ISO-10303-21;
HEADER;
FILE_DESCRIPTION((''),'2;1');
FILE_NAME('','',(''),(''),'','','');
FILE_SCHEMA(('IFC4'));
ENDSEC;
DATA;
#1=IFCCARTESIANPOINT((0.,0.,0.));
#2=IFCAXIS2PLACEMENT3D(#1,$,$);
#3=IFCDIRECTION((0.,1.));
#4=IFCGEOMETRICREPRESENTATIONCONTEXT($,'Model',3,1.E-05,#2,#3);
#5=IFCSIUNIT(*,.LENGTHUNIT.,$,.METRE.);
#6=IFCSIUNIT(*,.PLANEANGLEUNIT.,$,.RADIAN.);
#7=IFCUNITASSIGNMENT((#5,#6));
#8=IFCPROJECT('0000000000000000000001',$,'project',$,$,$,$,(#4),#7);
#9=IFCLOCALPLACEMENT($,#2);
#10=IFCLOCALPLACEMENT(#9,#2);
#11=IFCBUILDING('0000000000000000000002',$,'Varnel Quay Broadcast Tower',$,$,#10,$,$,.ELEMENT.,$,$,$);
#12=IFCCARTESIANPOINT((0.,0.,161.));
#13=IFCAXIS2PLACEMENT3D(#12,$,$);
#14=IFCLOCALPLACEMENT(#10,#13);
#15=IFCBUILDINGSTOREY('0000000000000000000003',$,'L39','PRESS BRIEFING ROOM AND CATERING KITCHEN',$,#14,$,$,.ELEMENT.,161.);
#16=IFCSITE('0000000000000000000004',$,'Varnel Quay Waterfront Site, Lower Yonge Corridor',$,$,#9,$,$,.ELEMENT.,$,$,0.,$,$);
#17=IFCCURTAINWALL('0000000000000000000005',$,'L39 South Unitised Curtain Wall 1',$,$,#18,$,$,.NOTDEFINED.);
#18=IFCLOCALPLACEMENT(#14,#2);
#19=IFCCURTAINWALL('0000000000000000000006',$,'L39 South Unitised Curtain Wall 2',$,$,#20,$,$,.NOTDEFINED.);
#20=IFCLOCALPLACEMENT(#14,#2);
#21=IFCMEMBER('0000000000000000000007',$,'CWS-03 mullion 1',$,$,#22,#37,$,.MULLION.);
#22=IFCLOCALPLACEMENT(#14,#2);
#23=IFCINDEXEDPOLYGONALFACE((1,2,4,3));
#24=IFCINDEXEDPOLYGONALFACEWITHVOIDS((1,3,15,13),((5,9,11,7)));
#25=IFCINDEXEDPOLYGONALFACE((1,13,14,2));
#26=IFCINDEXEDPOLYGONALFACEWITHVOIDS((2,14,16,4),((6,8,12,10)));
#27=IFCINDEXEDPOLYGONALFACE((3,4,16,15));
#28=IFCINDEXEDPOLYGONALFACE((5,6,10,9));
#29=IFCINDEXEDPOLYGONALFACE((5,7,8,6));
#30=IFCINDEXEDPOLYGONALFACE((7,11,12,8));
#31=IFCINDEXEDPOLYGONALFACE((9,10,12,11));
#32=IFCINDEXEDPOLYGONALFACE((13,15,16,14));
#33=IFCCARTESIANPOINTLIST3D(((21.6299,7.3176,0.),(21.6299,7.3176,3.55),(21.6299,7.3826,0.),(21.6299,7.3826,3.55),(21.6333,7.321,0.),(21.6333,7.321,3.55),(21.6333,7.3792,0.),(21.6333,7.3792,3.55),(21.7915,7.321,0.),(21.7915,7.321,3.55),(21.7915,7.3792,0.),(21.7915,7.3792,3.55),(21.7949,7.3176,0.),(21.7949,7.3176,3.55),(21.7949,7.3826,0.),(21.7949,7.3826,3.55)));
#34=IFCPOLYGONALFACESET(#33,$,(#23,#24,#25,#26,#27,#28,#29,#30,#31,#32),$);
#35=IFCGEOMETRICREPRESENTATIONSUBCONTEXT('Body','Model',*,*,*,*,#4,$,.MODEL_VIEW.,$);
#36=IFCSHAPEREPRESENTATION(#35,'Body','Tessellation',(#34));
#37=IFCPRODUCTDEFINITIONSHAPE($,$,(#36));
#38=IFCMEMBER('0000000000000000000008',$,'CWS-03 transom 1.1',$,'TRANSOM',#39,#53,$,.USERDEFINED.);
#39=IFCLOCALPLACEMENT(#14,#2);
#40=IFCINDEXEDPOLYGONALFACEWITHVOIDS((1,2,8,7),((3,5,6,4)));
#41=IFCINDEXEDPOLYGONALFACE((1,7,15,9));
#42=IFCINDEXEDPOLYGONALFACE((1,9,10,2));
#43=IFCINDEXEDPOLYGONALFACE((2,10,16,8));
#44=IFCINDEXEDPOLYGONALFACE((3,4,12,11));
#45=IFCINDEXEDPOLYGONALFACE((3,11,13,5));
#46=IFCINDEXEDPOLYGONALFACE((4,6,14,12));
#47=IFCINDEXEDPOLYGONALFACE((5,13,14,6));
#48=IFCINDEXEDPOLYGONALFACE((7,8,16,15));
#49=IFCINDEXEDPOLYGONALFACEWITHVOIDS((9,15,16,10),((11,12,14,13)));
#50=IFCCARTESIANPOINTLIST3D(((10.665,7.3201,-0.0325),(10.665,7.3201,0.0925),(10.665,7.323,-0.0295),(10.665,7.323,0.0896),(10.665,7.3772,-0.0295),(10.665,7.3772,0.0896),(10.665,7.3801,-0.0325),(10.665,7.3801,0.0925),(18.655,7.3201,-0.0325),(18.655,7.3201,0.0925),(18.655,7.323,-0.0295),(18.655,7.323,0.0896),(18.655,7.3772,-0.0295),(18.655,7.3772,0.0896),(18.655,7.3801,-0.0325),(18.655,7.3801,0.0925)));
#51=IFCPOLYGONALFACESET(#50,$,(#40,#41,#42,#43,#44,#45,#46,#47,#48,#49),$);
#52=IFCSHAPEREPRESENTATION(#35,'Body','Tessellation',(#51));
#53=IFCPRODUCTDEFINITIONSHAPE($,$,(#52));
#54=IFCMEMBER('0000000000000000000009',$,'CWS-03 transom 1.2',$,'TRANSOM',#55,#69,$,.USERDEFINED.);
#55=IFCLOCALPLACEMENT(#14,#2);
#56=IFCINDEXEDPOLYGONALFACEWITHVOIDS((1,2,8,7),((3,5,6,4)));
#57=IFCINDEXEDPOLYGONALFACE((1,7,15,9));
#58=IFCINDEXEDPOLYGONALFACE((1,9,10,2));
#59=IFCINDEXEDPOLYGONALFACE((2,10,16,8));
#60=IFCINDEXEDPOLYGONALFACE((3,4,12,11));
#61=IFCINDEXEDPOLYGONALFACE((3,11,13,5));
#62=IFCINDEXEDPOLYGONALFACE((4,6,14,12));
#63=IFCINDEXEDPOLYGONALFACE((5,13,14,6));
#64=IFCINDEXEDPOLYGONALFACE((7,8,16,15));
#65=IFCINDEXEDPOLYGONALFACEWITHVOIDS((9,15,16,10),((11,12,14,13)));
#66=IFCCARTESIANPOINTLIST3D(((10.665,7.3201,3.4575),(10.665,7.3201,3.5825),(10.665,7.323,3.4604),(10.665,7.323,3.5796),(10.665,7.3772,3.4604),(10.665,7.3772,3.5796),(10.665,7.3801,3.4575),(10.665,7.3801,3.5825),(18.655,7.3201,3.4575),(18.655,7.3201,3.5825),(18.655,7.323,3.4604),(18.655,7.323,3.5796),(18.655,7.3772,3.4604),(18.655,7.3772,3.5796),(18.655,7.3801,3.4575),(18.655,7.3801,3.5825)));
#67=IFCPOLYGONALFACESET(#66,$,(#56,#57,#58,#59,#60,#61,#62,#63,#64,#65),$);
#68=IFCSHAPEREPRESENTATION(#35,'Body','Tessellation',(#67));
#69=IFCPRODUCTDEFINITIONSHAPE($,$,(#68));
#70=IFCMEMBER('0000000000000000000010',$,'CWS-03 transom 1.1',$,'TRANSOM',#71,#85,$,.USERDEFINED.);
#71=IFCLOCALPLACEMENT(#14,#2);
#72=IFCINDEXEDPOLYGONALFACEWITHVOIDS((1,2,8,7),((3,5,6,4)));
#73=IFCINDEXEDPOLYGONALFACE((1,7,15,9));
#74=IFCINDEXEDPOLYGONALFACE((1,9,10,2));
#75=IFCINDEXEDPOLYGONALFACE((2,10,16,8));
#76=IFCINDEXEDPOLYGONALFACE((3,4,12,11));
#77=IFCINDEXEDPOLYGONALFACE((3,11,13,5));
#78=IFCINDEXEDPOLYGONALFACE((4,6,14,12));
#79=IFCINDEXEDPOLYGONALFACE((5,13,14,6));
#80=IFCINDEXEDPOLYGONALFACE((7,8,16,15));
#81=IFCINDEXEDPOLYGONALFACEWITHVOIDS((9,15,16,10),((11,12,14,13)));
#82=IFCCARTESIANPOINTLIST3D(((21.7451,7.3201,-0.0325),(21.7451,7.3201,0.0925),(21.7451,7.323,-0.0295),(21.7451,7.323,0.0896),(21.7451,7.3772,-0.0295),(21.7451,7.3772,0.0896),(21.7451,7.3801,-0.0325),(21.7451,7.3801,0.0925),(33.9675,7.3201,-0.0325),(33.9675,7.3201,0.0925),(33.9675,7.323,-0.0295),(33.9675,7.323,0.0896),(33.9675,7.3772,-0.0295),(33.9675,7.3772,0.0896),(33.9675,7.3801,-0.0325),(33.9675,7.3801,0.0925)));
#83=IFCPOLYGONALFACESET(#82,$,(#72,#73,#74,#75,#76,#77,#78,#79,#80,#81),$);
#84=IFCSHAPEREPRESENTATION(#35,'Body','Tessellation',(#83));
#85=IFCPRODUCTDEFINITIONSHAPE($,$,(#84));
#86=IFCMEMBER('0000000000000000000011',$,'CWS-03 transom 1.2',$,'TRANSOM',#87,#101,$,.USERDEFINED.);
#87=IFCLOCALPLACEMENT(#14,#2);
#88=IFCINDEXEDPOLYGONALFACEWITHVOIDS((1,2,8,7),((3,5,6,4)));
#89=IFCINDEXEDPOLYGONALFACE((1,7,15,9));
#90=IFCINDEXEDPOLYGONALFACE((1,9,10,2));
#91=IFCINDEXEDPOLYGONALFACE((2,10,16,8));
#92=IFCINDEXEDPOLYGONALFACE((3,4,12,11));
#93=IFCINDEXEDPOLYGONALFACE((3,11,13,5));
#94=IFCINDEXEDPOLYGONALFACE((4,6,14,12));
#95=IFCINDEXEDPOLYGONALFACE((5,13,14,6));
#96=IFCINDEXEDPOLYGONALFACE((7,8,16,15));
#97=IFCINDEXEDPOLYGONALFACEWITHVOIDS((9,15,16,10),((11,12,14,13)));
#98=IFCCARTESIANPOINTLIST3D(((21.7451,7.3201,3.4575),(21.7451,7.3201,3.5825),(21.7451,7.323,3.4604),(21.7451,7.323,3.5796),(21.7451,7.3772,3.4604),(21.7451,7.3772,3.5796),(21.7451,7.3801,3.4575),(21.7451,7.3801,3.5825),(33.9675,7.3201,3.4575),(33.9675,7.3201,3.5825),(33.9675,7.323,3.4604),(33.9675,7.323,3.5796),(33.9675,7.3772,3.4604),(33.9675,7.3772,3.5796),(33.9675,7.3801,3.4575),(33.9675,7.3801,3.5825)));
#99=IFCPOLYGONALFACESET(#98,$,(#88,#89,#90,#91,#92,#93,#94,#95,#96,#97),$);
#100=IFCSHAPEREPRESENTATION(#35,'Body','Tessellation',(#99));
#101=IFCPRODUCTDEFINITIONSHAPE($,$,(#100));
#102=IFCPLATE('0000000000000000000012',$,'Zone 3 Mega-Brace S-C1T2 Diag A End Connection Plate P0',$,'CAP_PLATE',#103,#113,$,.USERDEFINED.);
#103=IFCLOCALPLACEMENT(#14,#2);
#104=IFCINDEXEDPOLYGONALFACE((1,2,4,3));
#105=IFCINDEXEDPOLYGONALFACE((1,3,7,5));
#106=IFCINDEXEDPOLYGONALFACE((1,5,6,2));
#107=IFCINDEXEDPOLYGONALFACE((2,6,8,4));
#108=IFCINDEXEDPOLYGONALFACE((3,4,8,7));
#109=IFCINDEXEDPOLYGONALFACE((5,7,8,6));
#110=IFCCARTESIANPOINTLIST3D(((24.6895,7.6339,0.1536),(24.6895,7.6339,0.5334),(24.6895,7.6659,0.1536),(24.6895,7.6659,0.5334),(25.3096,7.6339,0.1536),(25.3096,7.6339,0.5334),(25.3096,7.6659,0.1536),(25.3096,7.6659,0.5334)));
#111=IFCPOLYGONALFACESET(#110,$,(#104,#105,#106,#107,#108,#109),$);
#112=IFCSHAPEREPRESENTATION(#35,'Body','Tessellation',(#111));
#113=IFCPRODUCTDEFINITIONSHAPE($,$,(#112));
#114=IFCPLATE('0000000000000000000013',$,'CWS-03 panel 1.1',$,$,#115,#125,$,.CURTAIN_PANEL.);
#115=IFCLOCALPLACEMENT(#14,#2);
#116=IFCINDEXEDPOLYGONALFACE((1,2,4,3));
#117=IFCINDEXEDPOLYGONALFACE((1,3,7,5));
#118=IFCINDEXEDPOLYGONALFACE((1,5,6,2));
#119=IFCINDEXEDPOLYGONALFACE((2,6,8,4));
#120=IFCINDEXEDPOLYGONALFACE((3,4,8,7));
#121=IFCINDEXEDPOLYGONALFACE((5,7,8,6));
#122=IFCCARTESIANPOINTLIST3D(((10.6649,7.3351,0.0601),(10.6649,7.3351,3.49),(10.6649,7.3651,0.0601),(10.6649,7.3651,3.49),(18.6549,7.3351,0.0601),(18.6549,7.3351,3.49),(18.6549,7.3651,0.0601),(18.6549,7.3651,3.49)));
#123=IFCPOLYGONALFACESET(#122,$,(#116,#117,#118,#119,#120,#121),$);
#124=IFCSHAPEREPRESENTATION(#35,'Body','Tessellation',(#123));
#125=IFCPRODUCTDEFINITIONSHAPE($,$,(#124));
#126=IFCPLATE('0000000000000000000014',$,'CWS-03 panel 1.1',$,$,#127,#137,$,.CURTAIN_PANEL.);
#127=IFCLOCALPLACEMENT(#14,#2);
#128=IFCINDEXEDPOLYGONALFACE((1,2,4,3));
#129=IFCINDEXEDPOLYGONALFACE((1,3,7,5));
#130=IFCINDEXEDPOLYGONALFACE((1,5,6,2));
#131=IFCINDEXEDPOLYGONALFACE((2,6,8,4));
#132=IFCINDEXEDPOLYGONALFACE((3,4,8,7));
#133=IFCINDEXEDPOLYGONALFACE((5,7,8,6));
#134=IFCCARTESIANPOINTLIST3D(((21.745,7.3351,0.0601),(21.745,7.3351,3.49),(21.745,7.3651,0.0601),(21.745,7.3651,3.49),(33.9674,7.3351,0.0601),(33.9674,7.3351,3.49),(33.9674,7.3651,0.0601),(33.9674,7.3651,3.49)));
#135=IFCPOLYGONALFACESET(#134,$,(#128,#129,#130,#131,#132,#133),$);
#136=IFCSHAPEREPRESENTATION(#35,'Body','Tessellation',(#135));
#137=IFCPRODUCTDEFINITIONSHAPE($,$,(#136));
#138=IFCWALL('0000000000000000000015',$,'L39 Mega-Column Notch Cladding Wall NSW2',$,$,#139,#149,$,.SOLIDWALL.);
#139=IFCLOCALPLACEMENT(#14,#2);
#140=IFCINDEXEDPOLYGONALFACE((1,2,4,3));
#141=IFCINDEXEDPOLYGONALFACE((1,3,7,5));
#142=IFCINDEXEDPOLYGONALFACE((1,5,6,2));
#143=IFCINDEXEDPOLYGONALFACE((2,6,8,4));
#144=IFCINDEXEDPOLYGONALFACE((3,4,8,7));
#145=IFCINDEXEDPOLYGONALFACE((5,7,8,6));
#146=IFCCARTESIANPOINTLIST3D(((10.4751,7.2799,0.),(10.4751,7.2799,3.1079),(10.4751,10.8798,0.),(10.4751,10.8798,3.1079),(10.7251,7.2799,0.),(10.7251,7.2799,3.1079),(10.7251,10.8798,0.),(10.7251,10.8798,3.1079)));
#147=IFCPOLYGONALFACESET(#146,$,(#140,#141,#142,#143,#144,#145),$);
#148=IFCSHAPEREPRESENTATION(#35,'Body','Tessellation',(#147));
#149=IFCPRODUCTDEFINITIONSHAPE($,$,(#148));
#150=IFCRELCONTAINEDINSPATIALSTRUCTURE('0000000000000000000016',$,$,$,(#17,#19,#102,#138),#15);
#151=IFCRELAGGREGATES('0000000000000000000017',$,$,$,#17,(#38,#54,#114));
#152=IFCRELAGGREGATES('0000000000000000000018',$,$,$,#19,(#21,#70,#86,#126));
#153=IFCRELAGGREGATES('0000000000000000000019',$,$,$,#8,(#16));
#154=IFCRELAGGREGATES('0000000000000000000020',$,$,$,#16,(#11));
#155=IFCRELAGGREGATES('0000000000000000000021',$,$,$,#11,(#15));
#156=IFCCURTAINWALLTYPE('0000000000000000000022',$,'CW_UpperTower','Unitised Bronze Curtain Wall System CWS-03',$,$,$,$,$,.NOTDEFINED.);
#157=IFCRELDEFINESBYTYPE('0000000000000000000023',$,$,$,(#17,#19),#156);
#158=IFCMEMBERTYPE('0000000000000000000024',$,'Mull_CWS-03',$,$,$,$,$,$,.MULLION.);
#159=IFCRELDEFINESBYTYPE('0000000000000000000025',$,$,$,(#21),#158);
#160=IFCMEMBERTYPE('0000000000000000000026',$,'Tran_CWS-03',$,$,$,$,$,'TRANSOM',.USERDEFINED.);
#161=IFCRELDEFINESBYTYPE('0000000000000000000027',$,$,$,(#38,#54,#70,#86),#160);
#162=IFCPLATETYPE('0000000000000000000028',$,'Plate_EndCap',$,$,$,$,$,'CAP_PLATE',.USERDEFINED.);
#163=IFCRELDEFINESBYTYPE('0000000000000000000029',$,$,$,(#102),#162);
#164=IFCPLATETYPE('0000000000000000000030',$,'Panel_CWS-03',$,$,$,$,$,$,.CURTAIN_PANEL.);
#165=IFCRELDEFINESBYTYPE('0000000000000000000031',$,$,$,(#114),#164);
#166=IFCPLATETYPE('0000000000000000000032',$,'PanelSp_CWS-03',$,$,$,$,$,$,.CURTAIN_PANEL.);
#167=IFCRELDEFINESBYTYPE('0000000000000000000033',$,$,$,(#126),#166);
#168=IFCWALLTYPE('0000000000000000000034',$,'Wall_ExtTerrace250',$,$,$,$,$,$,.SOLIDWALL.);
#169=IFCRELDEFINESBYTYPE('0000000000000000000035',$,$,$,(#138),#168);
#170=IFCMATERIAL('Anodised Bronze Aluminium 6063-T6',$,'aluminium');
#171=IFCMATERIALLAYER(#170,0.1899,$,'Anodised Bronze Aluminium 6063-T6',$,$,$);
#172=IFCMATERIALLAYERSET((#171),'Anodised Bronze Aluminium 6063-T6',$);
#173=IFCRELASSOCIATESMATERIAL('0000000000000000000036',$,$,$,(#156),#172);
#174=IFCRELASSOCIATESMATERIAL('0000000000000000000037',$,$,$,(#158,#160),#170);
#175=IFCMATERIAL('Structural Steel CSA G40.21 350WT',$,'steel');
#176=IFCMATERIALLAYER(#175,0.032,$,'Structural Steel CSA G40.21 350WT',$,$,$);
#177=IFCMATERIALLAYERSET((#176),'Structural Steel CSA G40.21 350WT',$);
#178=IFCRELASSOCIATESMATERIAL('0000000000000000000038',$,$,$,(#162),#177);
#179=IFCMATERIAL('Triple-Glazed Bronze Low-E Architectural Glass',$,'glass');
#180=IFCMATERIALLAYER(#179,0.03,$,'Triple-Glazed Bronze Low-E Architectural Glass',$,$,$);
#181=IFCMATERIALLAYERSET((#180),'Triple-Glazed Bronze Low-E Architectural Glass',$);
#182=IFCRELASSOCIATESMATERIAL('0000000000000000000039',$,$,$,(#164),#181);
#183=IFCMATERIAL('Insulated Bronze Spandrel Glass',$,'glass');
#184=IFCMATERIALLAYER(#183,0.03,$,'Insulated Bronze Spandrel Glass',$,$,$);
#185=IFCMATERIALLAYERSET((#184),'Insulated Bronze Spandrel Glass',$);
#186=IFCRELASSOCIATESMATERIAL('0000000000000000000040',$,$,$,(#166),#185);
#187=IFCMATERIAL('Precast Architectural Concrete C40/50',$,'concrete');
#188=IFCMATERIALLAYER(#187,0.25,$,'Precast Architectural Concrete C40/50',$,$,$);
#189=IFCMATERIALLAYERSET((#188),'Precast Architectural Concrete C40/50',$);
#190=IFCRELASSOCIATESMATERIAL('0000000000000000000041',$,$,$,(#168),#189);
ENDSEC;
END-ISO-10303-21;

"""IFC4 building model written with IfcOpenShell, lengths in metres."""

from ifc_helpers import new_model, si_unit, direction, frame, frame_2d, origin, origin_2d, place, context, subcontext, project, spatial, rectangle, hollow_rectangle, extrude, source, transform, mapped, material, layer, layer_set, material_profile, profile_set, type_object, type_shapes, element, aggregate, save


model = new_model("IFC4")

# Units and contexts
model_context = context("Model", 3, precision=1e-05, world=origin(), true_north=direction((0.0, 1.0)))
body_context = subcontext(model_context, "Body", "Model", "MODEL_VIEW")
ifc_project = project(units=[si_unit("LENGTHUNIT", "METRE"), si_unit("PLANEANGLEUNIT", "RADIAN")], contexts=[model_context])

# Site, building, storey
site_placement = place(None, origin())
site = spatial("IfcSite", under=ifc_project, at=site_placement, Name="Varnel Quay Waterfront Site, Lower Yonge Corridor", CompositionType="ELEMENT", RefElevation=0.0)
building_placement = place(site_placement, origin())
building = spatial("IfcBuilding", under=site, at=building_placement, Name="Varnel Quay Broadcast Tower", CompositionType="ELEMENT")
storey_placement = place(building_placement, frame((0.0, 0.0, 161.0)))
storey = spatial("IfcBuildingStorey", under=building, at=storey_placement, Name="L39", Description="PRESS BRIEFING ROOM AND CATERING KITCHEN", CompositionType="ELEMENT", Elevation=161.0)

# Shared definitions
ifc_material_1 = material(Name="Structural Steel CSA G40.21 350WT", Category="steel")

# Shared definitions
ifc_material_2 = material(Name="Anodised Bronze Aluminium 6063-T6", Category="aluminium")

# Curtain wall
ifc_layer_1 = layer(ifc_material_2, 0.1899, Name="Anodised Bronze Aluminium 6063-T6")
ifc_layer_set_1 = layer_set([ifc_layer_1], Name="Anodised Bronze Aluminium 6063-T6")
curtain_wall_type_1 = type_object("IfcCurtainWallType", Name="CW_UpperTower", Description="Unitised Bronze Curtain Wall System CWS-03", PredefinedType="NOTDEFINED", material=ifc_layer_set_1)
curtain_wall_1_placement = place(storey_placement, origin())
curtain_wall_1 = element("IfcCurtainWall", 1, at=curtain_wall_1_placement, inside=storey, type_object=curtain_wall_type_1, Name="L39 South Unitised Curtain Wall 1", PredefinedType="NOTDEFINED")
ifc_material_profile_1 = material_profile(ifc_material_2, hollow_rectangle(XDim=0.0649, YDim=0.165, WallThickness=0.0034, at=origin_2d()), Name="ALU65X165X3.5")
ifc_profile_set_1 = profile_set([ifc_material_profile_1], Name="Anodised Bronze Aluminium 6063-T6")
member_type_1 = type_object("IfcMemberType", Name="Mull_CWS-03", PredefinedType="MULLION", material=ifc_profile_set_1)
shared_shape_1 = source(origin(), body_context, "Body", "SweptSolid", [
    extrude(hollow_rectangle(XDim=0.0649, YDim=0.165, WallThickness=0.0034, at=origin_2d()), origin(), (0.0, 0.0, 1.0), 3.55),
])
type_shapes(member_type_1, [shared_shape_1])

# Curtain wall, member
curtain_wall_2_placement = place(storey_placement, origin())
curtain_wall_2 = element("IfcCurtainWall", 2, at=curtain_wall_2_placement, inside=storey, type_object=curtain_wall_type_1, Name="L39 South Unitised Curtain Wall 2", PredefinedType="NOTDEFINED")
member_1_placement = place(storey_placement, frame((21.7124, 7.3501, 0.0), z_axis=(0.0, 0.0, 1.0), x_axis=(0.0, 1.0, 0.0)))
member_1 = element("IfcMember", 3, at=member_1_placement, type_object=member_type_1, Name="CWS-03 mullion 1", PredefinedType="MULLION", context=body_context, shape_type="MappedRepresentation", body=[
    mapped(shared_shape_1, transform((0.0, 0.0, 0.0), x_axis=(1.0, 0.0, 0.0), y_axis=(0.0, 1.0, 0.0), z_axis=(0.0, 0.0, 1.0), scale=1.0)),
])

# Members
ifc_material_profile_2 = material_profile(ifc_material_2, hollow_rectangle(XDim=0.0601, YDim=0.125, WallThickness=0.0029, at=origin_2d()), Name="ALU60X125X3")
ifc_profile_set_2 = profile_set([ifc_material_profile_2], Name="Anodised Bronze Aluminium 6063-T6")
member_type_2 = type_object("IfcMemberType", Name="Tran_CWS-03", ElementType="TRANSOM", PredefinedType="USERDEFINED", material=ifc_profile_set_2)
shared_shape_2 = source(origin(), body_context, "Body", "SweptSolid", [
    extrude(hollow_rectangle(XDim=0.0601, YDim=0.125, WallThickness=0.0029, at=origin_2d()), origin(), (0.0, 0.0, 1.0), 7.99),
])
member_2_placement = place(storey_placement, frame((10.665, 7.3501, 0.03), z_axis=(1.0, 0.0, 0.0), x_axis=(0.0, 1.0, 0.0)))
member_2 = element("IfcMember", 4, at=member_2_placement, type_object=member_type_2, Name="CWS-03 transom 1.1", ObjectType="TRANSOM", PredefinedType="USERDEFINED", context=body_context, shape_type="MappedRepresentation", body=[
    mapped(shared_shape_2, transform((0.0, 0.0, 0.0), x_axis=(1.0, 0.0, 0.0), y_axis=(0.0, 1.0, 0.0), z_axis=(0.0, 0.0, 1.0), scale=1.0)),
])
member_3_placement = place(storey_placement, frame((10.665, 7.3501, 3.52), z_axis=(1.0, 0.0, 0.0), x_axis=(0.0, 1.0, 0.0)))
member_3 = element("IfcMember", 5, at=member_3_placement, type_object=member_type_2, Name="CWS-03 transom 1.2", ObjectType="TRANSOM", PredefinedType="USERDEFINED", context=body_context, shape_type="MappedRepresentation", body=[
    mapped(shared_shape_2, transform((0.0, 0.0, 0.0), x_axis=(1.0, 0.0, 0.0), y_axis=(0.0, 1.0, 0.0), z_axis=(0.0, 0.0, 1.0), scale=1.0)),
])
shared_shape_3 = source(origin(), body_context, "Body", "SweptSolid", [
    extrude(hollow_rectangle(XDim=0.0601, YDim=0.125, WallThickness=0.0029, at=origin_2d()), origin(), (0.0, 0.0, 1.0), 12.2224),
])
type_shapes(member_type_2, [shared_shape_2, shared_shape_3])
member_4_placement = place(storey_placement, frame((21.7451, 7.3501, 0.03), z_axis=(1.0, 0.0, 0.0), x_axis=(0.0, 1.0, 0.0)))
member_4 = element("IfcMember", 6, at=member_4_placement, type_object=member_type_2, Name="CWS-03 transom 1.1", ObjectType="TRANSOM", PredefinedType="USERDEFINED", context=body_context, shape_type="MappedRepresentation", body=[
    mapped(shared_shape_3, transform((0.0, 0.0, 0.0), x_axis=(1.0, 0.0, 0.0), y_axis=(0.0, 1.0, 0.0), z_axis=(0.0, 0.0, 1.0), scale=1.0)),
])
member_5_placement = place(storey_placement, frame((21.7451, 7.3501, 3.52), z_axis=(1.0, 0.0, 0.0), x_axis=(0.0, 1.0, 0.0)))
member_5 = element("IfcMember", 7, at=member_5_placement, type_object=member_type_2, Name="CWS-03 transom 1.2", ObjectType="TRANSOM", PredefinedType="USERDEFINED", context=body_context, shape_type="MappedRepresentation", body=[
    mapped(shared_shape_3, transform((0.0, 0.0, 0.0), x_axis=(1.0, 0.0, 0.0), y_axis=(0.0, 1.0, 0.0), z_axis=(0.0, 0.0, 1.0), scale=1.0)),
])

# Plates
ifc_layer_2 = layer(ifc_material_1, 0.032, Name="Structural Steel CSA G40.21 350WT")
ifc_layer_set_2 = layer_set([ifc_layer_2], Name="Structural Steel CSA G40.21 350WT")
plate_type_1 = type_object("IfcPlateType", Name="Plate_EndCap", ElementType="CAP_PLATE", PredefinedType="USERDEFINED", material=ifc_layer_set_2)
shared_shape_4 = source(origin(), body_context, "Body", "SweptSolid", [
    extrude(rectangle(XDim=0.6201, YDim=0.032, at=origin_2d()), origin(), (0.0, 0.0, 1.0), 0.3799),
])
type_shapes(plate_type_1, [shared_shape_4])
plate_1_placement = place(storey_placement, frame((24.9995, 7.6499, 0.1536), z_axis=(0.0, 0.0, 1.0), x_axis=(1.0, 0.0, 0.0)))
element("IfcPlate", 8, at=plate_1_placement, inside=storey, type_object=plate_type_1, Name="Zone 3 Mega-Brace S-C1T2 Diag A End Connection Plate P0", ObjectType="CAP_PLATE", PredefinedType="USERDEFINED", context=body_context, shape_type="MappedRepresentation", body=[
    mapped(shared_shape_4, transform((0.0, 0.0, 0.0), x_axis=(1.0, 0.0, 0.0), y_axis=(0.0, 1.0, 0.0), z_axis=(0.0, 0.0, 1.0), scale=1.0)),
])
ifc_material_3 = material(Name="Triple-Glazed Bronze Low-E Architectural Glass", Category="glass")
ifc_layer_3 = layer(ifc_material_3, 0.03, Name="Triple-Glazed Bronze Low-E Architectural Glass")
ifc_layer_set_3 = layer_set([ifc_layer_3], Name="Triple-Glazed Bronze Low-E Architectural Glass")
plate_type_2 = type_object("IfcPlateType", Name="Panel_CWS-03", PredefinedType="CURTAIN_PANEL", material=ifc_layer_set_3)
shared_shape_5 = source(origin(), body_context, "Body", "SweptSolid", [
    extrude(rectangle(XDim=7.99, YDim=0.03, at=origin_2d()), origin(), (0.0, 0.0, 1.0), 3.4299),
])
type_shapes(plate_type_2, [shared_shape_5])
plate_2_placement = place(storey_placement, frame((14.6599, 7.3501, 0.0601), z_axis=(0.0, 0.0, 1.0), x_axis=(1.0, 0.0, 0.0)))
plate_2 = element("IfcPlate", 9, at=plate_2_placement, type_object=plate_type_2, Name="CWS-03 panel 1.1", PredefinedType="CURTAIN_PANEL", context=body_context, shape_type="MappedRepresentation", body=[
    mapped(shared_shape_5, transform((0.0, 0.0, 0.0), x_axis=(1.0, 0.0, 0.0), y_axis=(0.0, 1.0, 0.0), z_axis=(0.0, 0.0, 1.0), scale=1.0)),
])
aggregate(curtain_wall_1, [member_2, member_3, plate_2])
ifc_material_4 = material(Name="Insulated Bronze Spandrel Glass", Category="glass")
ifc_layer_4 = layer(ifc_material_4, 0.03, Name="Insulated Bronze Spandrel Glass")
ifc_layer_set_4 = layer_set([ifc_layer_4], Name="Insulated Bronze Spandrel Glass")
plate_type_3 = type_object("IfcPlateType", Name="PanelSp_CWS-03", PredefinedType="CURTAIN_PANEL", material=ifc_layer_set_4)
shared_shape_6 = source(origin(), body_context, "Body", "SweptSolid", [
    extrude(rectangle(XDim=12.2224, YDim=0.03, at=origin_2d()), origin(), (0.0, 0.0, 1.0), 3.4299),
])
type_shapes(plate_type_3, [shared_shape_6])
plate_3_placement = place(storey_placement, frame((27.8562, 7.3501, 0.0601), z_axis=(0.0, 0.0, 1.0), x_axis=(1.0, 0.0, 0.0)))
plate_3 = element("IfcPlate", 10, at=plate_3_placement, type_object=plate_type_3, Name="CWS-03 panel 1.1", PredefinedType="CURTAIN_PANEL", context=body_context, shape_type="MappedRepresentation", body=[
    mapped(shared_shape_6, transform((0.0, 0.0, 0.0), x_axis=(1.0, 0.0, 0.0), y_axis=(0.0, 1.0, 0.0), z_axis=(0.0, 0.0, 1.0), scale=1.0)),
])
aggregate(curtain_wall_2, [member_1, member_4, member_5, plate_3])

# Shared definitions
ifc_material_5 = material(Name="Precast Architectural Concrete C40/50", Category="concrete")
ifc_layer_5 = layer(ifc_material_5, 0.25, Name="Precast Architectural Concrete C40/50")
ifc_layer_set_5 = layer_set([ifc_layer_5], Name="Precast Architectural Concrete C40/50")
wall_type = type_object("IfcWallType", Name="Wall_ExtTerrace250", PredefinedType="SOLIDWALL", material=ifc_layer_set_5)

# Wall
wall_1_placement = place(storey_placement, frame((10.6001, 7.28, 0.0), z_axis=(0.0, 0.0, 1.0), x_axis=(0.0, 1.0, 0.0)))
element("IfcWall", 11, at=wall_1_placement, inside=storey, type_object=wall_type, Name="L39 Mega-Column Notch Cladding Wall NSW2", PredefinedType="SOLIDWALL", context=body_context, shape_type="SweptSolid", body=[
    extrude(rectangle(XDim=3.5999, YDim=0.25, at=frame_2d((1.7998, 0.0))), origin(), (0.0, 0.0, 1.0), 3.1079),
])

save(model, "model.ifc")
